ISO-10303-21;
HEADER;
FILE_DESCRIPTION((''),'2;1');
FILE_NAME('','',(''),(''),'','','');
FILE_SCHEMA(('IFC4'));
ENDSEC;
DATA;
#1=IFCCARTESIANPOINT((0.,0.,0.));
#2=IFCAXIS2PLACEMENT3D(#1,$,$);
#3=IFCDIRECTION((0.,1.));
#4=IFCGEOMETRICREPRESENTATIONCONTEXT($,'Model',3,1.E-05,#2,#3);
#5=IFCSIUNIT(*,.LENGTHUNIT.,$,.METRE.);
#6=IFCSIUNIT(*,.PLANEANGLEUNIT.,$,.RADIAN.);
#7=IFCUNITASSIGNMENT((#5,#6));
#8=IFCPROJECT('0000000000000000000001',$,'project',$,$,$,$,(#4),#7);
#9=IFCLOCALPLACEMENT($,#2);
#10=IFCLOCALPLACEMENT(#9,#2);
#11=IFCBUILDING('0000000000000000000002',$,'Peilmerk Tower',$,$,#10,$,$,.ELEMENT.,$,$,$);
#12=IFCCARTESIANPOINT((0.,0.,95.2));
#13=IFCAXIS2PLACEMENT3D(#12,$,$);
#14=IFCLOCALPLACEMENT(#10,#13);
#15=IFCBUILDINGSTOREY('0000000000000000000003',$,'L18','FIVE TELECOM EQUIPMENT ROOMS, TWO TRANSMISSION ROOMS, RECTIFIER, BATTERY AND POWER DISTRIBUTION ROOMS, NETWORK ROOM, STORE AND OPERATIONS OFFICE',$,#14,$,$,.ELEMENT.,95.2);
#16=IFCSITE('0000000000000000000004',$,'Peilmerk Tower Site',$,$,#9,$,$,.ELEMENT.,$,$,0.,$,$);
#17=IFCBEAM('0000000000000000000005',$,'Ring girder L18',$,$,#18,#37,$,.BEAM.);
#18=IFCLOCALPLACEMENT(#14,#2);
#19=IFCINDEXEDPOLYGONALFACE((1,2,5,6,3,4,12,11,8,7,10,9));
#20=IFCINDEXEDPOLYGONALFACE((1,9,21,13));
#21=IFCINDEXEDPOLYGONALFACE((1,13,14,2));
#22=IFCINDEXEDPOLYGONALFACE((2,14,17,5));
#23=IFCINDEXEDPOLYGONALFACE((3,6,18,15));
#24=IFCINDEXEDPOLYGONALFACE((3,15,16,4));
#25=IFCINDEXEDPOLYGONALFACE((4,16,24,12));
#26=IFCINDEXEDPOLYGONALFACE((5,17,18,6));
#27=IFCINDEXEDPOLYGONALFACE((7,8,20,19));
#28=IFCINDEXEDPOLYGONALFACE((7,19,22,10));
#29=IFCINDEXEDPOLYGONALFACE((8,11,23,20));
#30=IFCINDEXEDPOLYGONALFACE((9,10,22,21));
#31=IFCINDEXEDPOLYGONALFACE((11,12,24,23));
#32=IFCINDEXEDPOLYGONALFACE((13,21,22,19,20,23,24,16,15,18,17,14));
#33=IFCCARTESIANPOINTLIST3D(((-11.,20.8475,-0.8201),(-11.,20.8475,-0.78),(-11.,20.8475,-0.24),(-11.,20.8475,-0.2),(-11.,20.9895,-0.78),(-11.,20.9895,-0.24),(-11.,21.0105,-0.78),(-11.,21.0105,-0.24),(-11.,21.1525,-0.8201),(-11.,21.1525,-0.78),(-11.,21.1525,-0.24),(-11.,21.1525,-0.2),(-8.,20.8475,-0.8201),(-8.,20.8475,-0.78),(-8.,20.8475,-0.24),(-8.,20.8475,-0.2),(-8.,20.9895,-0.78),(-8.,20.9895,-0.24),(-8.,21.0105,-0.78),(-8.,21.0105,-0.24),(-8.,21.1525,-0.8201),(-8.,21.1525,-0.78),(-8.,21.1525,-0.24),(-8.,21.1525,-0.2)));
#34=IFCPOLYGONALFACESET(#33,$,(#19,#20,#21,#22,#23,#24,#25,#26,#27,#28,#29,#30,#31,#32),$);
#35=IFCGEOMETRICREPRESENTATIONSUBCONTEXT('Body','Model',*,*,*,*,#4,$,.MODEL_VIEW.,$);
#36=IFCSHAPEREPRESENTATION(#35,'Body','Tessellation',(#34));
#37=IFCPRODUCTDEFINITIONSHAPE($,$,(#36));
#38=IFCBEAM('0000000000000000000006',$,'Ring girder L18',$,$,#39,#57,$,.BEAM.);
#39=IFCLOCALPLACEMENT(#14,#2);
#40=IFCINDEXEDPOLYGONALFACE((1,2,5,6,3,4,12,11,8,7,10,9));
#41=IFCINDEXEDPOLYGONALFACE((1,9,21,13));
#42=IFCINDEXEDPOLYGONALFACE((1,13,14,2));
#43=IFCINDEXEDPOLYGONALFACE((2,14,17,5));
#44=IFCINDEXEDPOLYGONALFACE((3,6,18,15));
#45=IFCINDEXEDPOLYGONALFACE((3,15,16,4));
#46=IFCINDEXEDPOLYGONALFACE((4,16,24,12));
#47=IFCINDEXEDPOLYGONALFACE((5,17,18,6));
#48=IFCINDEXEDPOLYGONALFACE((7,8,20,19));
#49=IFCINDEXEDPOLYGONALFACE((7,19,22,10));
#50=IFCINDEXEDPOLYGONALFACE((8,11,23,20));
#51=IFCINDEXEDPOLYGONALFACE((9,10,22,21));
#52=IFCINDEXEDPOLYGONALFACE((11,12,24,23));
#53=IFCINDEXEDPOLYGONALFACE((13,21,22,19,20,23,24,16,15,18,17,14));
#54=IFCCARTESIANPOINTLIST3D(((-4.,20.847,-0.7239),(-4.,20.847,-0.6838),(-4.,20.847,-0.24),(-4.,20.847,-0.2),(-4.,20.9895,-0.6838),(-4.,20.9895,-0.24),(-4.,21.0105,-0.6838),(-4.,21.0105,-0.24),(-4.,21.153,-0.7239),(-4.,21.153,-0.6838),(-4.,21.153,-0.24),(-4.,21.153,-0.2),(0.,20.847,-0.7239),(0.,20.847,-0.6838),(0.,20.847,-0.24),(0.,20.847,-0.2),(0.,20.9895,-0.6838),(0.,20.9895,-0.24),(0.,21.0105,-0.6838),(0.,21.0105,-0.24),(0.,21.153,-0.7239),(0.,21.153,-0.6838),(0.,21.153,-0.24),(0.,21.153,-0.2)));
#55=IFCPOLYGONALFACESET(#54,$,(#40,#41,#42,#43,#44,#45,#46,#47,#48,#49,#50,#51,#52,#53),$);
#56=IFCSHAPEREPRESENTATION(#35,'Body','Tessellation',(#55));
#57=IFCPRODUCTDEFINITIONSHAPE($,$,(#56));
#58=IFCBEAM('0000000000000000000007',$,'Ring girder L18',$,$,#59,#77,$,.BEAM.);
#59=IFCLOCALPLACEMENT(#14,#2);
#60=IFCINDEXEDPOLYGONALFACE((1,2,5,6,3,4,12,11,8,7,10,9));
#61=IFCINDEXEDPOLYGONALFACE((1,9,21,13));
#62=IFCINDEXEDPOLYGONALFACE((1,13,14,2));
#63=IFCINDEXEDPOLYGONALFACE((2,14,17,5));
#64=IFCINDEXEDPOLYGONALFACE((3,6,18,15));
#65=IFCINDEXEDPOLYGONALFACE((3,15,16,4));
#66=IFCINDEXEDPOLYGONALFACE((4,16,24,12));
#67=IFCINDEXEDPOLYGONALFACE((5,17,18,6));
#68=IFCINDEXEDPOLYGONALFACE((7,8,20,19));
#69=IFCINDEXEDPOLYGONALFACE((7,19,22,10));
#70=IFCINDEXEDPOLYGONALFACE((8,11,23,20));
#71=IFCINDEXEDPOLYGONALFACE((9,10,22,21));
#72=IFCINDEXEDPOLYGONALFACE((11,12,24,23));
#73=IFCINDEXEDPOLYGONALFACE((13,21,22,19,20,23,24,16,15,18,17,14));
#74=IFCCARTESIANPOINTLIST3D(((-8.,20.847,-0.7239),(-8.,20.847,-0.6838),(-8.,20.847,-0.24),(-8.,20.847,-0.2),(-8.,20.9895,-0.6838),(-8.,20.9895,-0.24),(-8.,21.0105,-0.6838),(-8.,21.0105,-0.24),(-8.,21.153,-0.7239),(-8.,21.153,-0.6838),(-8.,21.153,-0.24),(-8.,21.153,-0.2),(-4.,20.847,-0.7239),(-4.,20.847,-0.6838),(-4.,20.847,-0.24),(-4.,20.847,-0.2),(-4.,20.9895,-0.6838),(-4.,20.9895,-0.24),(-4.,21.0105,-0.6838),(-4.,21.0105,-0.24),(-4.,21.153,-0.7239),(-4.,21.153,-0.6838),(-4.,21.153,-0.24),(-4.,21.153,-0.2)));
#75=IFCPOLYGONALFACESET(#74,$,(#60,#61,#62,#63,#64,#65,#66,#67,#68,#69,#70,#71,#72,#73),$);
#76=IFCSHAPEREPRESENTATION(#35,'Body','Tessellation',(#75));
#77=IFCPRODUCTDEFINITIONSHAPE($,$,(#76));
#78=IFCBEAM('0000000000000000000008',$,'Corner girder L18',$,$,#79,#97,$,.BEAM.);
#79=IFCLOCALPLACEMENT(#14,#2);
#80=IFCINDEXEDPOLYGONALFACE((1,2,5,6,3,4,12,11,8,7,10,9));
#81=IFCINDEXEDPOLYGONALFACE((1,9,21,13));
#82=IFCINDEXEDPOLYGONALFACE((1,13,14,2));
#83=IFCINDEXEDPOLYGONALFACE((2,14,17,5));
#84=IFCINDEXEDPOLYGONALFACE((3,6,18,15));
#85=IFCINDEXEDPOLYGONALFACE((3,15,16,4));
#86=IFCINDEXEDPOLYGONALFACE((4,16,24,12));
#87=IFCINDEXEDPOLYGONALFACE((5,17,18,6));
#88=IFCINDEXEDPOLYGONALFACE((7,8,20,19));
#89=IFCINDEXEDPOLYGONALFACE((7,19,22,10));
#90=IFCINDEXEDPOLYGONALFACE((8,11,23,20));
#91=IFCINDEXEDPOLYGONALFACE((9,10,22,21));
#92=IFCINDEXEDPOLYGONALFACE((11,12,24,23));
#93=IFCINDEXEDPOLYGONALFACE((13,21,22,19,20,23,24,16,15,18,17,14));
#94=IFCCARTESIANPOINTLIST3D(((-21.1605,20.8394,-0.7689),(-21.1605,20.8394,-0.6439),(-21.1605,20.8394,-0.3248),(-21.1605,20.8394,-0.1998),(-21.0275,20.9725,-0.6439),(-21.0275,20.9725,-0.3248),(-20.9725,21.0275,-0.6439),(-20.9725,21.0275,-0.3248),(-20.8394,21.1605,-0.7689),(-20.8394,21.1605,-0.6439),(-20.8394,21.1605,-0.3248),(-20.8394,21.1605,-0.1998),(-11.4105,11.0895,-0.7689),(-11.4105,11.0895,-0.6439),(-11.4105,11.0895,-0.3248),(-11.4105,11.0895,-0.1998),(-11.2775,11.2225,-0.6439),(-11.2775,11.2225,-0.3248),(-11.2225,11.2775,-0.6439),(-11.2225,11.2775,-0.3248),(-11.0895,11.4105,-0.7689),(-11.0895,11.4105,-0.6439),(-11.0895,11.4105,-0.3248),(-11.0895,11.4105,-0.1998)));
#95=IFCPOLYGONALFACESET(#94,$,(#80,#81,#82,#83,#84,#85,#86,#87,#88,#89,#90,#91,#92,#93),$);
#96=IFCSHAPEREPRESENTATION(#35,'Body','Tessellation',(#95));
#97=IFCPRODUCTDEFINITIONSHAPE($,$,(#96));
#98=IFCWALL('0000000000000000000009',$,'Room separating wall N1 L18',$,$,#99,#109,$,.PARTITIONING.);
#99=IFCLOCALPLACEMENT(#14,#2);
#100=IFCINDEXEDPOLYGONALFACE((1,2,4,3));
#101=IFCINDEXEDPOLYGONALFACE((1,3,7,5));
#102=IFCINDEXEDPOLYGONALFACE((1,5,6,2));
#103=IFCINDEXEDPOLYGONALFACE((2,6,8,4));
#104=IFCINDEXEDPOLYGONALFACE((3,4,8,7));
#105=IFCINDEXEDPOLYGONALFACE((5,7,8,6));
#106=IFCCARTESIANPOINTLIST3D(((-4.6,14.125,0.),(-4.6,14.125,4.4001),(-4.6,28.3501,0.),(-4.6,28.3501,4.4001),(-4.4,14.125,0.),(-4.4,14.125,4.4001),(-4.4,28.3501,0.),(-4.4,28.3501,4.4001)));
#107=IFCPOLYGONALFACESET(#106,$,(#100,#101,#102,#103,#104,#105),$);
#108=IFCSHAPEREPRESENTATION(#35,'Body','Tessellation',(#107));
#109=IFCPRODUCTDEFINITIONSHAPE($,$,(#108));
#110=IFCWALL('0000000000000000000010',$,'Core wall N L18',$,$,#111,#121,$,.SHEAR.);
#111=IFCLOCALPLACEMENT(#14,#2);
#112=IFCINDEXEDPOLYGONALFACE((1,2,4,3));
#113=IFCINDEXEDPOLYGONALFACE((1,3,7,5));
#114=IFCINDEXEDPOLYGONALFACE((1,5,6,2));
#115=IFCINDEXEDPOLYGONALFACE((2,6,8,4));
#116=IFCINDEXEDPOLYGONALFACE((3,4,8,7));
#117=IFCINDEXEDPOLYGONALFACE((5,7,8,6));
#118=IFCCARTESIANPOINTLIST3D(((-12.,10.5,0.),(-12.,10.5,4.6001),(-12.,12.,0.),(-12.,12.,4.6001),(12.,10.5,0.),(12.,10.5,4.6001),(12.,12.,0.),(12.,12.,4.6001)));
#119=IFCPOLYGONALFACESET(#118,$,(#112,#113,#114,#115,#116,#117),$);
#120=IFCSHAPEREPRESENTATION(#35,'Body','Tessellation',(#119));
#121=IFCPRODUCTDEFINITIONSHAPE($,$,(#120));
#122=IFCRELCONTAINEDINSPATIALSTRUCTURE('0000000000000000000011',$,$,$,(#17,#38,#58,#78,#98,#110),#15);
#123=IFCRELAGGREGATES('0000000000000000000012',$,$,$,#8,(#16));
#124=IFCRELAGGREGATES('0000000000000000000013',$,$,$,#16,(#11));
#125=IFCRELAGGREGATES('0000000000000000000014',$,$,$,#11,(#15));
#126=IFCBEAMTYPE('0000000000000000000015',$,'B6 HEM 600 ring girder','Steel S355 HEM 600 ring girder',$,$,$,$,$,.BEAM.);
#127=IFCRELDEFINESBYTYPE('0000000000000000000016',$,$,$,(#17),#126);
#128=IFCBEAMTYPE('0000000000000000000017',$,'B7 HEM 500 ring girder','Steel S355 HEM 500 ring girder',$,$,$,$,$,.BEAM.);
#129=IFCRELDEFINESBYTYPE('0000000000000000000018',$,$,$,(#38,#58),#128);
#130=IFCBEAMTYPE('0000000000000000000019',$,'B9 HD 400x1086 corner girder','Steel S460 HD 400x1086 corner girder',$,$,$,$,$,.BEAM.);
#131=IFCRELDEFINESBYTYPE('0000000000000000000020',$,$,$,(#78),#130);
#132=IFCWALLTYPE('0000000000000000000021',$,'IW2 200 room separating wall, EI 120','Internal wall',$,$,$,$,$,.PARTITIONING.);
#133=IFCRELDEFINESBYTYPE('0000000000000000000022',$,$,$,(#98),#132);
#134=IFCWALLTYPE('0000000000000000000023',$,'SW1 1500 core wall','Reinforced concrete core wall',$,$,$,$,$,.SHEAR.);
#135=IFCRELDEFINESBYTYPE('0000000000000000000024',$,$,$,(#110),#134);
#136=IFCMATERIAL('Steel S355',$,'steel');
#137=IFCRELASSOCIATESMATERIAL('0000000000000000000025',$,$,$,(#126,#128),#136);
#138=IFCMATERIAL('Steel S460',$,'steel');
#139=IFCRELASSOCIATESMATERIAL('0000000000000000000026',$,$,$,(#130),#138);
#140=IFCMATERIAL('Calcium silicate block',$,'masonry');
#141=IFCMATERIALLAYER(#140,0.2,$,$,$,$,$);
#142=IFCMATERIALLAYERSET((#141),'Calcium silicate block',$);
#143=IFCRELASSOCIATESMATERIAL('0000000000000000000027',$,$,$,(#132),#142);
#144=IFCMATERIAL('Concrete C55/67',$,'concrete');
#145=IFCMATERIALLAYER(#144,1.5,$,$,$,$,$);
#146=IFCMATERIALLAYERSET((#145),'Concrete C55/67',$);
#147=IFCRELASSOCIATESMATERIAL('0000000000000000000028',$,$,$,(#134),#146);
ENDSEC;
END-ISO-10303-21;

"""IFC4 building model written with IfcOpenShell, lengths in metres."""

from ifc_helpers import new_model, si_unit, direction, frame, frame_2d, origin, origin_2d, place, context, subcontext, project, spatial, rectangle, i_section, extrude, material, layer, layer_set, material_profile, profile_set, type_object, element, save


model = new_model("IFC4")

# Units and contexts
model_context = context("Model", 3, precision=1e-05, world=origin(), true_north=direction((0.0, 1.0)))
body_context = subcontext(model_context, "Body", "Model", "MODEL_VIEW")
ifc_project = project(units=[si_unit("LENGTHUNIT", "METRE"), si_unit("PLANEANGLEUNIT", "RADIAN")], contexts=[model_context])

# Site, building, storey
site_placement = place(None, origin())
site = spatial("IfcSite", under=ifc_project, at=site_placement, Name="Peilmerk Tower Site", CompositionType="ELEMENT", RefElevation=0.0)
building_placement = place(site_placement, origin())
building = spatial("IfcBuilding", under=site, at=building_placement, Name="Peilmerk Tower", CompositionType="ELEMENT")
storey_placement = place(building_placement, frame((0.0, 0.0, 95.2)))
storey = spatial("IfcBuildingStorey", under=building, at=storey_placement, Name="L18", Description="FIVE TELECOM EQUIPMENT ROOMS, TWO TRANSMISSION ROOMS, RECTIFIER, BATTERY AND POWER DISTRIBUTION ROOMS, NETWORK ROOM, STORE AND OPERATIONS OFFICE", CompositionType="ELEMENT", Elevation=95.2)

# Shared definitions
ifc_material_1 = material(Name="Steel S460", Category="steel")

# Beams
ifc_material_2 = material(Name="Steel S355", Category="steel")
ifc_material_profile_1 = material_profile(ifc_material_2, i_section(OverallWidth=0.3049, OverallDepth=0.6201, WebThickness=0.021, FlangeThickness=0.04, at=origin_2d()), Name="HEM 600")
ifc_profile_set_1 = profile_set([ifc_material_profile_1], Name="Steel S355")
beam_type_1 = type_object("IfcBeamType", Name="B6 HEM 600 ring girder", Description="Steel S355 HEM 600 ring girder", PredefinedType="BEAM", material=ifc_profile_set_1)
beam_1_placement = place(storey_placement, frame((-8.0, 21.0, -0.51), z_axis=(-1.0, 0.0, 0.0), x_axis=(0.0, -1.0, 0.0)))
element("IfcBeam", 1, at=beam_1_placement, inside=storey, type_object=beam_type_1, Name="Ring girder L18", PredefinedType="BEAM", context=body_context, shape_type="SweptSolid", body=[
    extrude(i_section(OverallWidth=0.3049, OverallDepth=0.6201, WebThickness=0.021, FlangeThickness=0.04, at=origin_2d()), origin(), (0.0, 0.0, 1.0), 3.0),
])
ifc_material_profile_2 = material_profile(ifc_material_2, i_section(OverallWidth=0.3059, OverallDepth=0.5239, WebThickness=0.021, FlangeThickness=0.04, at=origin_2d()), Name="HEM 500")
ifc_profile_set_2 = profile_set([ifc_material_profile_2], Name="Steel S355")
beam_type_2 = type_object("IfcBeamType", Name="B7 HEM 500 ring girder", Description="Steel S355 HEM 500 ring girder", PredefinedType="BEAM", material=ifc_profile_set_2)
for number, where, z_axis, x_axis, name in (
    (2, (0.0, 21.0, -0.4619), (-1.0, 0.0, 0.0), (0.0, -1.0, 0.0), "Ring girder L18"),
    (3, (-4.0, 21.0, -0.4619), (-1.0, 0.0, 0.0), (0.0, -1.0, 0.0), "Ring girder L18"),
):
    element("IfcBeam", number, at=place(storey_placement, frame(where, z_axis=z_axis, x_axis=x_axis)), inside=storey, type_object=beam_type_2, Name=name, PredefinedType="BEAM", context=body_context, shape_type="SweptSolid", body=[
        extrude(i_section(OverallWidth=0.3059, OverallDepth=0.5239, WebThickness=0.021, FlangeThickness=0.04, at=origin_2d()), origin(), (0.0, 0.0, 1.0), 4.0),
    ])
ifc_material_profile_3 = material_profile(ifc_material_1, i_section(OverallWidth=0.4541, OverallDepth=0.5691, WebThickness=0.0779, FlangeThickness=0.125, at=origin_2d()), Name="HD 400x1086")
ifc_profile_set_3 = profile_set([ifc_material_profile_3], Name="Steel S460")
beam_type_3 = type_object("IfcBeamType", Name="B9 HD 400x1086 corner girder", Description="Steel S460 HD 400x1086 corner girder", PredefinedType="BEAM", material=ifc_profile_set_3)
beam_2_placement = place(storey_placement, frame((-11.25, 11.25, -0.4844), z_axis=(-0.707107, 0.707107, 0.0), x_axis=(-0.707107, -0.707107, 0.0)))
element("IfcBeam", 4, at=beam_2_placement, inside=storey, type_object=beam_type_3, Name="Corner girder L18", PredefinedType="BEAM", context=body_context, shape_type="SweptSolid", body=[
    extrude(i_section(OverallWidth=0.4541, OverallDepth=0.5691, WebThickness=0.0779, FlangeThickness=0.125, at=origin_2d()), origin(), (0.0, 0.0, 1.0), 13.7886),
])

# Walls
ifc_material_3 = material(Name="Calcium silicate block", Category="masonry")
ifc_layer_1 = layer(ifc_material_3, 0.2)
ifc_layer_set_1 = layer_set([ifc_layer_1], Name="Calcium silicate block")
wall_type_1 = type_object("IfcWallType", Name="IW2 200 room separating wall, EI 120", Description="Internal wall", PredefinedType="PARTITIONING", material=ifc_layer_set_1)
wall_1_placement = place(storey_placement, frame((-4.5, 14.125, 0.0), z_axis=(0.0, 0.0, 1.0), x_axis=(0.0, 1.0, 0.0)))
element("IfcWall", 5, at=wall_1_placement, inside=storey, type_object=wall_type_1, Name="Room separating wall N1 L18", PredefinedType="PARTITIONING", context=body_context, shape_type="SweptSolid", body=[
    extrude(rectangle(XDim=14.2251, YDim=0.2, at=frame_2d((7.1125, 0.0))), origin(), (0.0, 0.0, 1.0), 4.4001),
])
ifc_material_4 = material(Name="Concrete C55/67", Category="concrete")
ifc_layer_2 = layer(ifc_material_4, 1.5)
ifc_layer_set_2 = layer_set([ifc_layer_2], Name="Concrete C55/67")
wall_type_2 = type_object("IfcWallType", Name="SW1 1500 core wall", Description="Reinforced concrete core wall", PredefinedType="SHEAR", material=ifc_layer_set_2)
wall_2_placement = place(storey_placement, frame((-12.0, 11.25, 0.0), z_axis=(0.0, 0.0, 1.0), x_axis=(1.0, 0.0, 0.0)))
element("IfcWall", 6, at=wall_2_placement, inside=storey, type_object=wall_type_2, Name="Core wall N L18", PredefinedType="SHEAR", context=body_context, shape_type="SweptSolid", body=[
    extrude(rectangle(XDim=24.0, YDim=1.5, at=frame_2d((12.0, 0.0))), origin(), (0.0, 0.0, 1.0), 4.6001),
])

save(model, "model.ifc")
